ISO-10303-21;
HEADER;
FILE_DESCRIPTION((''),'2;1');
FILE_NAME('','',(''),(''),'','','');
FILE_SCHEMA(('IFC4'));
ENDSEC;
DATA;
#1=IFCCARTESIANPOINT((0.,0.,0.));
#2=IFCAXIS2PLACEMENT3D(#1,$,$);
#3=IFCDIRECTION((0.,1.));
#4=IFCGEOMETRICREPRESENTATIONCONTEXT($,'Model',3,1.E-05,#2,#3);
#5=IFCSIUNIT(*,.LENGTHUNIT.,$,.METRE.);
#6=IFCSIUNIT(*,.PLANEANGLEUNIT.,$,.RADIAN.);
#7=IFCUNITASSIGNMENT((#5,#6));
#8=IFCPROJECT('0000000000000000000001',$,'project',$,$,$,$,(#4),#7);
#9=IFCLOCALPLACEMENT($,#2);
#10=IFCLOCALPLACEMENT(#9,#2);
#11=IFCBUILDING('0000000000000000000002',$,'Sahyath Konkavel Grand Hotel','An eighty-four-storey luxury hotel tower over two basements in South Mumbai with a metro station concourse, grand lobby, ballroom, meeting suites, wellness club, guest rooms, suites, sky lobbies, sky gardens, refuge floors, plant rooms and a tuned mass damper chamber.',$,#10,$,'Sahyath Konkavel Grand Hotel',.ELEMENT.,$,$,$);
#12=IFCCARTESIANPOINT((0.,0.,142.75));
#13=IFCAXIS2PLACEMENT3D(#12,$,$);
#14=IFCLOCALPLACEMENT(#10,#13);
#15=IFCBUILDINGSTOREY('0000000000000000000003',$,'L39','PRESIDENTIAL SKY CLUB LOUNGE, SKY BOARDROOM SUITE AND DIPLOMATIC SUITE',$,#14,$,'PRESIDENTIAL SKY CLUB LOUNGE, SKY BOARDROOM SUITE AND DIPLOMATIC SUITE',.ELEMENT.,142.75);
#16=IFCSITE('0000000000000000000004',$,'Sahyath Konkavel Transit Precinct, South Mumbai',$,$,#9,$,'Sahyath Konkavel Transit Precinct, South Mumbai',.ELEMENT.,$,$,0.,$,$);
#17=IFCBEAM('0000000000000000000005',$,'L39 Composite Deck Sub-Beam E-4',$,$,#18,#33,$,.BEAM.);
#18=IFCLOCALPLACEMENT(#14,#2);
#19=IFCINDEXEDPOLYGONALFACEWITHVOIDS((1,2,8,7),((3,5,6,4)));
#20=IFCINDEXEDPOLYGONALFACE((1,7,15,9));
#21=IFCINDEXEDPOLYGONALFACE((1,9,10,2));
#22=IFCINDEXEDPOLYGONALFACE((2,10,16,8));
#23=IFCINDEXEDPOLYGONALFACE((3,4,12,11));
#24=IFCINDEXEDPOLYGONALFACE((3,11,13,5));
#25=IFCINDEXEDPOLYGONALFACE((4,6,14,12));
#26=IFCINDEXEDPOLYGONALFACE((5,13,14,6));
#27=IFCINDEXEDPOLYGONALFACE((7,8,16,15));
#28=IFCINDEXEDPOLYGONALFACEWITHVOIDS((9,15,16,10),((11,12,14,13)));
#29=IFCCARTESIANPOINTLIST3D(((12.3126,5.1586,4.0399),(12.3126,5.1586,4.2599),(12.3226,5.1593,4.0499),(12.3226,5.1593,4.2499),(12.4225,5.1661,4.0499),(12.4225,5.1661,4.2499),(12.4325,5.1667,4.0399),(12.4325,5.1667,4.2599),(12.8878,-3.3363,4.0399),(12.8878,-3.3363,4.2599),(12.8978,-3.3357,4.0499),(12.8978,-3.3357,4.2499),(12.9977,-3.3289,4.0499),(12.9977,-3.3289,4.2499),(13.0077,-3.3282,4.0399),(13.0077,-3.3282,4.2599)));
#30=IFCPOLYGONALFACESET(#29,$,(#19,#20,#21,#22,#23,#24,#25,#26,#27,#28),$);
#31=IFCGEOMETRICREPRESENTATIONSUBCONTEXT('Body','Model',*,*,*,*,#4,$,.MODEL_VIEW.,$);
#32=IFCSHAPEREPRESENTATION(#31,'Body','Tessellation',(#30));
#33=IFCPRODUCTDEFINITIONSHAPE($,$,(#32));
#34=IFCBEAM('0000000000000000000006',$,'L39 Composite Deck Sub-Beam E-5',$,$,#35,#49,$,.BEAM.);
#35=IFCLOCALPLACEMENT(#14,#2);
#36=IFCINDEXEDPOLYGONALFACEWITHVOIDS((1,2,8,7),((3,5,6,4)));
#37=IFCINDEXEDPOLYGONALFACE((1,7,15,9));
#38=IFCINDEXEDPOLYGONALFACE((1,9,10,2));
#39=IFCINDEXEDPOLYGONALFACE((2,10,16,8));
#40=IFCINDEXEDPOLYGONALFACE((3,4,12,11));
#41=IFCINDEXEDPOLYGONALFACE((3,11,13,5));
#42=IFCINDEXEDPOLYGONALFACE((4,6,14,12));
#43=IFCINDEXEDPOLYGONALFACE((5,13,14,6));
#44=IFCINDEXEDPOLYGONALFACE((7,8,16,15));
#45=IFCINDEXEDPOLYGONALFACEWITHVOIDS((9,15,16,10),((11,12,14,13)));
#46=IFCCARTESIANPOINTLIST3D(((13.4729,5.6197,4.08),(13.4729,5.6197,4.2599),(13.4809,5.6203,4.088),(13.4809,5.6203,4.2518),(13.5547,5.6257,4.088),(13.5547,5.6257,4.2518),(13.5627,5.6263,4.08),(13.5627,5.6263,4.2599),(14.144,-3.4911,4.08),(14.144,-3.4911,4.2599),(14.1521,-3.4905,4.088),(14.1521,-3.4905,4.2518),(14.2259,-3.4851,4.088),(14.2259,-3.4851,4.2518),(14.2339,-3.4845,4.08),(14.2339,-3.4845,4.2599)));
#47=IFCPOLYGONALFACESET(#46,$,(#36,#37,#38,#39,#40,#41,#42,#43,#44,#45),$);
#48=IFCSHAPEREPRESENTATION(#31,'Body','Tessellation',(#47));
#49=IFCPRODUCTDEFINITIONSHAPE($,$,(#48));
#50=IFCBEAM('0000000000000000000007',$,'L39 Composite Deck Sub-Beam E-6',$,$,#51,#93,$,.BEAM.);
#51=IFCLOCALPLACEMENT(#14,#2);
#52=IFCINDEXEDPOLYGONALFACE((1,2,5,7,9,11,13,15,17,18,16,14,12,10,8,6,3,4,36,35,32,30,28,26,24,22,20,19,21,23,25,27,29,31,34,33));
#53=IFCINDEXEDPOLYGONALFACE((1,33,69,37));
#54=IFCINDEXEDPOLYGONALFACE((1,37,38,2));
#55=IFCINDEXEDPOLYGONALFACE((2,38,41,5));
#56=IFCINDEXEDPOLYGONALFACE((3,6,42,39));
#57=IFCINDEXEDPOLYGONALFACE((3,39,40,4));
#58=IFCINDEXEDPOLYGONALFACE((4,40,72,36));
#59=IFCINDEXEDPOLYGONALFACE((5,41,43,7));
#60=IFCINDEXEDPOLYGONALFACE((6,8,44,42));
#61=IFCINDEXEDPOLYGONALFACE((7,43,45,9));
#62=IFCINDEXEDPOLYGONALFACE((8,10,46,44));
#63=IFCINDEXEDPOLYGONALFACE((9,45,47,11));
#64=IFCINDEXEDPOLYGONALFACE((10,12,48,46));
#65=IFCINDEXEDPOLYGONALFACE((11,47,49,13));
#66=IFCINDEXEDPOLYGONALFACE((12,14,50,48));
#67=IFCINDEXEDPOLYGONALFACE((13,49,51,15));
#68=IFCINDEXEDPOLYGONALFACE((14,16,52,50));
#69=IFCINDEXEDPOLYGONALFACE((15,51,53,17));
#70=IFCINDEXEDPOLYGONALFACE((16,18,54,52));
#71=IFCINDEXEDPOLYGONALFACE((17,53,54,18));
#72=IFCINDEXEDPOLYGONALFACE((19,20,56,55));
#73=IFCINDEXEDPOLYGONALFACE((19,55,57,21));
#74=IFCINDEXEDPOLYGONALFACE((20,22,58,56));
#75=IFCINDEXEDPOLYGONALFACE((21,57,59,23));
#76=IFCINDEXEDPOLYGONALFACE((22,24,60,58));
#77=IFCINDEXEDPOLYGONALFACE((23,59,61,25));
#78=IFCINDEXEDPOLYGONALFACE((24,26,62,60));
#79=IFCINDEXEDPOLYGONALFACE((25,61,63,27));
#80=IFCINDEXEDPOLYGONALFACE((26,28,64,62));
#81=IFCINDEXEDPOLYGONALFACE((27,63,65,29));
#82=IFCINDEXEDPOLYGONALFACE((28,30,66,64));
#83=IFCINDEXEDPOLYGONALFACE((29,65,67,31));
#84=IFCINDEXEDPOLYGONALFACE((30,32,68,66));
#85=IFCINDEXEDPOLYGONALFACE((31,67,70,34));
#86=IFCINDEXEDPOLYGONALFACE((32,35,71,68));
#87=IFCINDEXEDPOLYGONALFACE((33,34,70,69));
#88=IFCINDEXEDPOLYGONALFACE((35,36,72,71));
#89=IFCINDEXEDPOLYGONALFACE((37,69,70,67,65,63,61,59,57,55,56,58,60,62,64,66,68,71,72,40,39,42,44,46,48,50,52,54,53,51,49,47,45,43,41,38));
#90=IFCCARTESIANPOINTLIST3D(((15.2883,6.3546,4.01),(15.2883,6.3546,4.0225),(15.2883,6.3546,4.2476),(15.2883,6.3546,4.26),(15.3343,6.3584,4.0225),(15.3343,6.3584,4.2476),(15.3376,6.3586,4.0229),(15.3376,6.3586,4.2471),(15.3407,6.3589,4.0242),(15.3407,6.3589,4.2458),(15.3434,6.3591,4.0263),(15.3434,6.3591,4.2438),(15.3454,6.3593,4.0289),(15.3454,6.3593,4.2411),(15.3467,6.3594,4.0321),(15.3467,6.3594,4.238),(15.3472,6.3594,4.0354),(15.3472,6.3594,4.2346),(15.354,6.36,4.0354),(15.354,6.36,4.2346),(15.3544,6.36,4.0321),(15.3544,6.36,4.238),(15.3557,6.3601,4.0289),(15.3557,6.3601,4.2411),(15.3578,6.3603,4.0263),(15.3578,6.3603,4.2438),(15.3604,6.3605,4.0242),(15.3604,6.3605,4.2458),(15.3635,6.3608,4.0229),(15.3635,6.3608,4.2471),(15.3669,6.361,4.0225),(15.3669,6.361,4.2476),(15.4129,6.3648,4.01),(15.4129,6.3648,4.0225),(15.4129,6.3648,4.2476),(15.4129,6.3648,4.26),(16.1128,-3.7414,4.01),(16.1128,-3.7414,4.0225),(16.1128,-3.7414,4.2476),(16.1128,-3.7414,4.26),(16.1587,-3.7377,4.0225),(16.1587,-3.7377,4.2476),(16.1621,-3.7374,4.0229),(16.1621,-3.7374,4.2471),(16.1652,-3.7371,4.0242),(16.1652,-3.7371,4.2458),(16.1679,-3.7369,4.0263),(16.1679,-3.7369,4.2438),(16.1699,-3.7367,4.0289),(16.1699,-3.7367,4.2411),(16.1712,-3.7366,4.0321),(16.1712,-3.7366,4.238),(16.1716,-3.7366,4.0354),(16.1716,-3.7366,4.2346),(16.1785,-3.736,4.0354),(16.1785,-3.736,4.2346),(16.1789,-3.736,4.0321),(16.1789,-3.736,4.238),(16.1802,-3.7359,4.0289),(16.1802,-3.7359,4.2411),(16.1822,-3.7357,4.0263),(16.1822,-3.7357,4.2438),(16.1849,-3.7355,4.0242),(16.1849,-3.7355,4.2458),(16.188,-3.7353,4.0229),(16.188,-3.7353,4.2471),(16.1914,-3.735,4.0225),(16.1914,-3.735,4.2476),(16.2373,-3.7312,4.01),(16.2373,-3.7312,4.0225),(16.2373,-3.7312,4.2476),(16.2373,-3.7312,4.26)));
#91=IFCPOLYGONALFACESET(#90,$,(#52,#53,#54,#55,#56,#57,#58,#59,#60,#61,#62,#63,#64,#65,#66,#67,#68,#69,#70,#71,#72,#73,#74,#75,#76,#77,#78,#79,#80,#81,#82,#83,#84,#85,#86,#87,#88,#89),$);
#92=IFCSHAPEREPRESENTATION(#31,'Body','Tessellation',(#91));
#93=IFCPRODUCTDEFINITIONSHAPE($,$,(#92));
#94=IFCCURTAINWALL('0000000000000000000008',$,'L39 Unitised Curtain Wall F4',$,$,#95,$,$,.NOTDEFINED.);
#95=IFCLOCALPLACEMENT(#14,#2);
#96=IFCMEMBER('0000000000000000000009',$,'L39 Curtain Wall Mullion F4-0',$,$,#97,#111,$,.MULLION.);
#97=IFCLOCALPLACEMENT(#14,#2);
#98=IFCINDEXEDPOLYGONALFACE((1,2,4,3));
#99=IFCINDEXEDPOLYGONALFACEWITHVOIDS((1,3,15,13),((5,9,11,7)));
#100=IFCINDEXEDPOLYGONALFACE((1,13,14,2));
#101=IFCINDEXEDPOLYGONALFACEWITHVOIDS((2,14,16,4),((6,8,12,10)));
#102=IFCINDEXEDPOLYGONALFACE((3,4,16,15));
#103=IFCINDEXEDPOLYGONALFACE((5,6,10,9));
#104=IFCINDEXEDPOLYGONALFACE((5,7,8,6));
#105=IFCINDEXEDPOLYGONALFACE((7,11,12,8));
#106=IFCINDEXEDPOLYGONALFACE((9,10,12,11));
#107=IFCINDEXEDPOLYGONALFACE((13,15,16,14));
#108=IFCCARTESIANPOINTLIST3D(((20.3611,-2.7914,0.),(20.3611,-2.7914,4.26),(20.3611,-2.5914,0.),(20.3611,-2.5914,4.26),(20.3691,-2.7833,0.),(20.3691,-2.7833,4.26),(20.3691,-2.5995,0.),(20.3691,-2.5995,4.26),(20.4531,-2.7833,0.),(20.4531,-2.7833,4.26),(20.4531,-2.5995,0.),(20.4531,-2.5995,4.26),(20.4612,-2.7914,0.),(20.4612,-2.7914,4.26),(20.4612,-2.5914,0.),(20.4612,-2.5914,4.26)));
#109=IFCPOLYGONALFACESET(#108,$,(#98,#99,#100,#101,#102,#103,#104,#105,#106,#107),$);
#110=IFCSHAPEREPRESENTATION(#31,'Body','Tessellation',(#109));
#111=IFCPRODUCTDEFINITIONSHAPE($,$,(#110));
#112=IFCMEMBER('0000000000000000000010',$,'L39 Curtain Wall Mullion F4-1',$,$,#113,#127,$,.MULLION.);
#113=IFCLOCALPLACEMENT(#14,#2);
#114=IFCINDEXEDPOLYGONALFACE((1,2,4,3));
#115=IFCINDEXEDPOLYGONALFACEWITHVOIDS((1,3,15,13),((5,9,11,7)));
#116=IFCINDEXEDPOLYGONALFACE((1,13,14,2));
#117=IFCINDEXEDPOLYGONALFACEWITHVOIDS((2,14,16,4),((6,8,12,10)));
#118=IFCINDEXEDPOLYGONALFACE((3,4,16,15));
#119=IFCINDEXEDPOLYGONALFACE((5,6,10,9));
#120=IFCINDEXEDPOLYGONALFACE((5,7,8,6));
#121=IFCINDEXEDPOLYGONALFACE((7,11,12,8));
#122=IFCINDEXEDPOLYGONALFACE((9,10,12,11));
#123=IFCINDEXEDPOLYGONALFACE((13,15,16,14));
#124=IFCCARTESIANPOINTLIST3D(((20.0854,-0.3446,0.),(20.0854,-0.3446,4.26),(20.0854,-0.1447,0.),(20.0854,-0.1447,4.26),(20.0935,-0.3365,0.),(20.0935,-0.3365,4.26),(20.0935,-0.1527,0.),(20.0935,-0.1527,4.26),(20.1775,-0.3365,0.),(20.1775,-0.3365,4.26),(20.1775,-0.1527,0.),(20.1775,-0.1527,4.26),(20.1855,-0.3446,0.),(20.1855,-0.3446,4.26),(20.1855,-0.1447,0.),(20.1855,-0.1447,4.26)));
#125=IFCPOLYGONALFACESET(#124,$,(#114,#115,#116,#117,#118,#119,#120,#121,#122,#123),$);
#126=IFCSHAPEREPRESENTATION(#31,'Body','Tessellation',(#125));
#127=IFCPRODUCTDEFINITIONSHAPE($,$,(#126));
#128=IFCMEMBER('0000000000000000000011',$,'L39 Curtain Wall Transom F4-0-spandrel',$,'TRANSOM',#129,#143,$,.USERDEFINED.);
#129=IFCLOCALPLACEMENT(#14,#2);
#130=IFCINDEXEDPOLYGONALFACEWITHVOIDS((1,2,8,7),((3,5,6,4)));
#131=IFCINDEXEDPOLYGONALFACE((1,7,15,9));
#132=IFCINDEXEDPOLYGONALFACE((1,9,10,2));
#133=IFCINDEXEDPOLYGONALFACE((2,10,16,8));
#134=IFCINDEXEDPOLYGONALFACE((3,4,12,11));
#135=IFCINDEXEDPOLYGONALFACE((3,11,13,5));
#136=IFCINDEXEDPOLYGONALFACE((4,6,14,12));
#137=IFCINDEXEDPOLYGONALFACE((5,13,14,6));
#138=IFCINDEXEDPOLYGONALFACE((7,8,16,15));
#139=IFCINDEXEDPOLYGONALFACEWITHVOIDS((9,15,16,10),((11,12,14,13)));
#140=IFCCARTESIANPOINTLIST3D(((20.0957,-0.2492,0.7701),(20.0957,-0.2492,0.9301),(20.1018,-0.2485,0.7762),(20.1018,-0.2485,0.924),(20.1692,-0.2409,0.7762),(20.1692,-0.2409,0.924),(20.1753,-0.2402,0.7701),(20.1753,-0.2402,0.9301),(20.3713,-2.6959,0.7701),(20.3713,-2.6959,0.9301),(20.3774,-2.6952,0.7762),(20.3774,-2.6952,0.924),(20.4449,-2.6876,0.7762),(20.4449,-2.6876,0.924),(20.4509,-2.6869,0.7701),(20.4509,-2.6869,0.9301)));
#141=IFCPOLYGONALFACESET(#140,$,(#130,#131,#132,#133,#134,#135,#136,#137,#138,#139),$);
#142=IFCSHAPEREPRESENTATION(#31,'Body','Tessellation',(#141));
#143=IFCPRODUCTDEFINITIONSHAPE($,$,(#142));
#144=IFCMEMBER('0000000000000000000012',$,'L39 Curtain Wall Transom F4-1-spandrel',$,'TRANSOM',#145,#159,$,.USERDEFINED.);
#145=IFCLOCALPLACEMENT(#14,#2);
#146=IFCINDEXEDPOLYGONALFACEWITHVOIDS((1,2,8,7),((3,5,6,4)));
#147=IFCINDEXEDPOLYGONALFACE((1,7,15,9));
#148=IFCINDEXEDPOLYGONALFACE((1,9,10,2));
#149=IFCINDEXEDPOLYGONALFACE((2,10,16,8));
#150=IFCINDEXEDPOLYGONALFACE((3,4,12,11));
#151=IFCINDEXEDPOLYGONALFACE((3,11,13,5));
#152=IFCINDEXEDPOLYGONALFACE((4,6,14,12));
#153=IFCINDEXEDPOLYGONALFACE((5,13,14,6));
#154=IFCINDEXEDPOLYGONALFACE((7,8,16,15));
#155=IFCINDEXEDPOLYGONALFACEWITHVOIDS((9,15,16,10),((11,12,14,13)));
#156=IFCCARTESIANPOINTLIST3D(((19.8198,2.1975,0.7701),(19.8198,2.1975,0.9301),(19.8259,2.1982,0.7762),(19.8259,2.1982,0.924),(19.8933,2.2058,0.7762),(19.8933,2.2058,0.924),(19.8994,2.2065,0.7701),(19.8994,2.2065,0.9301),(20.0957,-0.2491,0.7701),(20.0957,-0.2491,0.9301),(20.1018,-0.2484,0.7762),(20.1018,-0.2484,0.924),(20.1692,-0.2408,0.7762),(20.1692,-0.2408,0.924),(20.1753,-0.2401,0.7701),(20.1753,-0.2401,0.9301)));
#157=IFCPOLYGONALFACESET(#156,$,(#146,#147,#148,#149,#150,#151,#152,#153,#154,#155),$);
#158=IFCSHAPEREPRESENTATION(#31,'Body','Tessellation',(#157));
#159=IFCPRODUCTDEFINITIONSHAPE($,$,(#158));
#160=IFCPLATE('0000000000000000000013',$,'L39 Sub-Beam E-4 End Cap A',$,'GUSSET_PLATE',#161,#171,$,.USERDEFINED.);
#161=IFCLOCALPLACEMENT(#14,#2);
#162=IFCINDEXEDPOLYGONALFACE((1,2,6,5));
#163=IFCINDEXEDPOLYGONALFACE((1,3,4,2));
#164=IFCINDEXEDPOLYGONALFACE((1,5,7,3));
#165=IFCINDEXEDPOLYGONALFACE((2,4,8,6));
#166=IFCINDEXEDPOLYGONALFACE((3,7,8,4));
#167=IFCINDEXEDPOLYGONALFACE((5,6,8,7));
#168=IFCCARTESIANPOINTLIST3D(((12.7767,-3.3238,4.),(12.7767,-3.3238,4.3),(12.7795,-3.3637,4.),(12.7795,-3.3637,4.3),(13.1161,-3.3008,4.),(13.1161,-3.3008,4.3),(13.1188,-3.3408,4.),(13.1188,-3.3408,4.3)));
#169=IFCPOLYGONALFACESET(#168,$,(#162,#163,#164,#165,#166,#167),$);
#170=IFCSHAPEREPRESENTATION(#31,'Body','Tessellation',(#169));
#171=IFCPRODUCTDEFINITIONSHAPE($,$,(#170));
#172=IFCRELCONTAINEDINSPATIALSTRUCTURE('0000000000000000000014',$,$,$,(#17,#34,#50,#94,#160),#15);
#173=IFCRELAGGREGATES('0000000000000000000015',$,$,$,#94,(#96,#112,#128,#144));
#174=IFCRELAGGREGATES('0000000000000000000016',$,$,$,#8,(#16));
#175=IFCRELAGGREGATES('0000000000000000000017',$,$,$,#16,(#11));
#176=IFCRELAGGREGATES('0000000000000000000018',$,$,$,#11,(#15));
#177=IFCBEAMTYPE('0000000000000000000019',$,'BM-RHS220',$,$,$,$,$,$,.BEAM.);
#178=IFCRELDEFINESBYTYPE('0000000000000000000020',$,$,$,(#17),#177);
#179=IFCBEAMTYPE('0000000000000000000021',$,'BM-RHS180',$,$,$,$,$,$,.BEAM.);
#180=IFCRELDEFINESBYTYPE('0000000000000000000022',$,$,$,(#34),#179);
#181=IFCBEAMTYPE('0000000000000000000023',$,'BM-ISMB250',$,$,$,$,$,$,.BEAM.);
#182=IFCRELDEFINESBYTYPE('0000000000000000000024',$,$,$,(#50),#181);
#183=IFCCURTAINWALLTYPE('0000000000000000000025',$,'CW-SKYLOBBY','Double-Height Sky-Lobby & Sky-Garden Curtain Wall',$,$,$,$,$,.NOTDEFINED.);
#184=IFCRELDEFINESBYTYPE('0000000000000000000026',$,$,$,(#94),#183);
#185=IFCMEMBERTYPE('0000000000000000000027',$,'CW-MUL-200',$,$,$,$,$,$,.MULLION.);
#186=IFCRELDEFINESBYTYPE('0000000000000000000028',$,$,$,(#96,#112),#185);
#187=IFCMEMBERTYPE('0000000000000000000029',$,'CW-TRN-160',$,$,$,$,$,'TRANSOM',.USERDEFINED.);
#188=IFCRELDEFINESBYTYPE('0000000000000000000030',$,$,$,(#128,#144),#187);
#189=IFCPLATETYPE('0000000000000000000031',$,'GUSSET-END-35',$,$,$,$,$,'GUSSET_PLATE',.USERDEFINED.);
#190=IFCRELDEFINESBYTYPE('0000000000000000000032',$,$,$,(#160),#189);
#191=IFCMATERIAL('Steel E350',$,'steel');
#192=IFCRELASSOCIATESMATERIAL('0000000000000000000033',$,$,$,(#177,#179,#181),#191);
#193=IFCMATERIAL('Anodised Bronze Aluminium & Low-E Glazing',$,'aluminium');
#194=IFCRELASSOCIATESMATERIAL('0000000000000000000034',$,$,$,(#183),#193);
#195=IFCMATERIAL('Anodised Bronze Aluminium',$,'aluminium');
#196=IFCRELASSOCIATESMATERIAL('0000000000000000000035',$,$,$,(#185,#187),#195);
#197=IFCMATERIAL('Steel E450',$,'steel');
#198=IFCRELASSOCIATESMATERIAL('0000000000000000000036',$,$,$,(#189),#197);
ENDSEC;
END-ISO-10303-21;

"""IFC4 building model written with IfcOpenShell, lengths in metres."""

from ifc_helpers import new_model, si_unit, direction, frame, origin, origin_2d, place, context, subcontext, project, spatial, rectangle, hollow_rectangle, i_section, extrude, source, transform, mapped, material, material_profile, profile_set, type_object, element, aggregate, save


model = new_model("IFC4")

# Units and contexts
model_context = context("Model", 3, precision=1e-05, world=origin(), true_north=direction((0.0, 1.0)))
body_context = subcontext(model_context, "Body", "Model", "MODEL_VIEW")
ifc_project = project(units=[si_unit("LENGTHUNIT", "METRE"), si_unit("PLANEANGLEUNIT", "RADIAN")], contexts=[model_context])

# Site, building, storey
site_placement = place(None, origin())
site = spatial("IfcSite", under=ifc_project, at=site_placement, Name="Sahyath Konkavel Transit Precinct, South Mumbai", LongName="Sahyath Konkavel Transit Precinct, South Mumbai", CompositionType="ELEMENT", RefElevation=0.0)
building_placement = place(site_placement, origin())
building = spatial("IfcBuilding", under=site, at=building_placement, Name="Sahyath Konkavel Grand Hotel", Description="An eighty-four-storey luxury hotel tower over two basements in South Mumbai with a metro station concourse, grand lobby, ballroom, meeting suites, wellness club, guest rooms, suites, sky lobbies, sky gardens, refuge floors, plant rooms and a tuned mass damper chamber.", LongName="Sahyath Konkavel Grand Hotel", CompositionType="ELEMENT")
storey_placement = place(building_placement, frame((0.0, 0.0, 142.75)))
storey = spatial("IfcBuildingStorey", under=building, at=storey_placement, Name="L39", Description="PRESIDENTIAL SKY CLUB LOUNGE, SKY BOARDROOM SUITE AND DIPLOMATIC SUITE", LongName="PRESIDENTIAL SKY CLUB LOUNGE, SKY BOARDROOM SUITE AND DIPLOMATIC SUITE", CompositionType="ELEMENT", Elevation=142.75)

# Beams
ifc_material_1 = material(Name="Steel E350", Category="steel")
ifc_material_profile_1 = material_profile(ifc_material_1, hollow_rectangle(XDim=0.1201, YDim=0.22, WallThickness=0.01, at=origin_2d()), Name="RHS 220x120x10")
ifc_profile_set_1 = profile_set([ifc_material_profile_1], Name="Steel E350")
beam_type_1 = type_object("IfcBeamType", Name="BM-RHS220", PredefinedType="BEAM", material=ifc_profile_set_1)
ifc_material_profile_2 = material_profile(ifc_material_1, hollow_rectangle(XDim=0.0901, YDim=0.1799, WallThickness=0.0081, at=origin_2d()), Name="RHS 180x90x8")
ifc_profile_set_2 = profile_set([ifc_material_profile_2], Name="Steel E350")
beam_type_2 = type_object("IfcBeamType", Name="BM-RHS180", PredefinedType="BEAM", material=ifc_profile_set_2)
shared_shape_1 = source(origin(), body_context, "Body", "SweptSolid", [
    extrude(hollow_rectangle(XDim=0.1201, YDim=0.22, WallThickness=0.01, at=origin_2d()), origin(), (0.0, 0.0, 1.0), 8.5144),
])
beam_1_placement = place(storey_placement, frame((12.9478, -3.3323, 4.1499), z_axis=(-0.067556, 0.997715, 0.0), x_axis=(-0.997715, -0.067556, 0.0)))
element("IfcBeam", 1, at=beam_1_placement, inside=storey, type_object=beam_type_1, Name="L39 Composite Deck Sub-Beam E-4", PredefinedType="BEAM", context=body_context, shape_type="MappedRepresentation", body=[
    mapped(shared_shape_1, transform((0.0, 0.0, 0.0), scale=1.0)),
])
shared_shape_2 = source(origin(), body_context, "Body", "SweptSolid", [
    extrude(hollow_rectangle(XDim=0.0901, YDim=0.1799, WallThickness=0.0081, at=origin_2d()), origin(), (0.0, 0.0, 1.0), 9.1355),
])
beam_2_placement = place(storey_placement, frame((14.189, -3.4878, 4.1699), z_axis=(-0.073465, 0.997298, 0.0), x_axis=(-0.997298, -0.073465, 0.0)))
element("IfcBeam", 2, at=beam_2_placement, inside=storey, type_object=beam_type_2, Name="L39 Composite Deck Sub-Beam E-5", PredefinedType="BEAM", context=body_context, shape_type="MappedRepresentation", body=[
    mapped(shared_shape_2, transform((0.0, 0.0, 0.0), scale=1.0)),
])
ifc_material_profile_3 = material_profile(ifc_material_1, i_section(OverallWidth=0.125, OverallDepth=0.25, WebThickness=0.0068, FlangeThickness=0.0125, FilletRadius=0.0129, at=origin_2d()), Name="ISMB 250")
ifc_profile_set_3 = profile_set([ifc_material_profile_3], Name="Steel E350")
beam_type_3 = type_object("IfcBeamType", Name="BM-ISMB250", PredefinedType="BEAM", material=ifc_profile_set_3)
shared_shape_3 = source(origin(), body_context, "Body", "SweptSolid", [
    extrude(i_section(OverallWidth=0.125, OverallDepth=0.25, WebThickness=0.0068, FlangeThickness=0.0125, FilletRadius=0.0129, at=origin_2d()), origin(), (0.0, 0.0, 1.0), 10.1296),
])
beam_3_placement = place(storey_placement, frame((16.175, -3.7363, 4.135), z_axis=(-0.081392, 0.996682, 0.0), x_axis=(-0.996682, -0.081392, 0.0)))
element("IfcBeam", 3, at=beam_3_placement, inside=storey, type_object=beam_type_3, Name="L39 Composite Deck Sub-Beam E-6", PredefinedType="BEAM", context=body_context, shape_type="MappedRepresentation", body=[
    mapped(shared_shape_3, transform((0.0, 0.0, 0.0), scale=1.0)),
])

# Curtain wall, members
ifc_material_2 = material(Name="Anodised Bronze Aluminium & Low-E Glazing", Category="aluminium")
curtain_wall_type = type_object("IfcCurtainWallType", Name="CW-SKYLOBBY", Description="Double-Height Sky-Lobby & Sky-Garden Curtain Wall", PredefinedType="NOTDEFINED", material=ifc_material_2)
curtain_wall_placement = place(storey_placement, origin())
curtain_wall = element("IfcCurtainWall", 4, at=curtain_wall_placement, inside=storey, type_object=curtain_wall_type, Name="L39 Unitised Curtain Wall F4", PredefinedType="NOTDEFINED")
ifc_material_3 = material(Name="Anodised Bronze Aluminium", Category="aluminium")
ifc_material_profile_4 = material_profile(ifc_material_3, hollow_rectangle(XDim=0.1001, YDim=0.2, WallThickness=0.0081, at=origin_2d()), Name="RHS 200x100x8")
ifc_profile_set_4 = profile_set([ifc_material_profile_4], Name="Anodised Bronze Aluminium")
member_type_1 = type_object("IfcMemberType", Name="CW-MUL-200", PredefinedType="MULLION", material=ifc_profile_set_4)
shared_shape_4 = source(origin(), body_context, "Body", "SweptSolid", [
    extrude(hollow_rectangle(XDim=0.1001, YDim=0.2, WallThickness=0.0081, at=origin_2d()), origin(), (0.0, 0.0, 1.0), 4.26),
])
member_1_placement = place(storey_placement, frame((20.4111, -2.6914, 0.0), z_axis=(0.0, 0.0, 1.0), x_axis=(1.0, 0.0, 0.0)))
member_1 = element("IfcMember", 5, at=member_1_placement, type_object=member_type_1, Name="L39 Curtain Wall Mullion F4-0", PredefinedType="MULLION", context=body_context, shape_type="MappedRepresentation", body=[
    mapped(shared_shape_4, transform((0.0, 0.0, 0.0), scale=1.0)),
])
member_2_placement = place(storey_placement, frame((20.1355, -0.2446, 0.0), z_axis=(0.0, 0.0, 1.0), x_axis=(1.0, 0.0, 0.0)))
member_2 = element("IfcMember", 6, at=member_2_placement, type_object=member_type_1, Name="L39 Curtain Wall Mullion F4-1", PredefinedType="MULLION", context=body_context, shape_type="MappedRepresentation", body=[
    mapped(shared_shape_4, transform((0.0, 0.0, 0.0), scale=1.0)),
])
ifc_material_profile_5 = material_profile(ifc_material_3, hollow_rectangle(XDim=0.0801, YDim=0.1599, WallThickness=0.0061, at=origin_2d()), Name="RHS 160x80x6")
ifc_profile_set_5 = profile_set([ifc_material_profile_5], Name="Anodised Bronze Aluminium")
member_type_2 = type_object("IfcMemberType", Name="CW-TRN-160", ElementType="TRANSOM", PredefinedType="USERDEFINED", material=ifc_profile_set_5)
shared_shape_5 = source(origin(), body_context, "Body", "SweptSolid", [
    extrude(hollow_rectangle(XDim=0.0801, YDim=0.1599, WallThickness=0.0061, at=origin_2d()), origin(), (0.0, 0.0, 1.0), 2.4622),
])
member_3_placement = place(storey_placement, frame((20.4111, -2.6914, 0.8501), z_axis=(-0.111944, 0.993715, 0.0), x_axis=(-0.993715, -0.111944, 0.0)))
member_3 = element("IfcMember", 7, at=member_3_placement, type_object=member_type_2, Name="L39 Curtain Wall Transom F4-0-spandrel", ObjectType="TRANSOM", PredefinedType="USERDEFINED", context=body_context, shape_type="MappedRepresentation", body=[
    mapped(shared_shape_5, transform((0.0, 0.0, 0.0), scale=1.0)),
])
member_4_placement = place(storey_placement, frame((20.1355, -0.2446, 0.8501), z_axis=(-0.112053, 0.993702, 0.0), x_axis=(-0.993702, -0.112053, 0.0)))
member_4 = element("IfcMember", 8, at=member_4_placement, type_object=member_type_2, Name="L39 Curtain Wall Transom F4-1-spandrel", ObjectType="TRANSOM", PredefinedType="USERDEFINED", context=body_context, shape_type="MappedRepresentation", body=[
    mapped(shared_shape_5, transform((0.0, 0.0, 0.0), scale=1.0)),
])

# Plate
ifc_material_4 = material(Name="Steel E450", Category="steel")
plate_type_1 = type_object("IfcPlateType", Name="GUSSET-END-35", ElementType="GUSSET_PLATE", PredefinedType="USERDEFINED", material=ifc_material_4)
shared_shape_6 = source(origin(), body_context, "Body", "SweptSolid", [
    extrude(rectangle(XDim=0.04, YDim=0.3401, at=origin_2d()), origin(), (0.0, 0.0, 1.0), 0.3),
])
plate_1_placement = place(storey_placement, frame((12.9478, -3.3323, 4.0), z_axis=(0.0, 0.0, 1.0), x_axis=(-0.067563, 0.997715, 0.0)))
element("IfcPlate", 9, at=plate_1_placement, inside=storey, type_object=plate_type_1, Name="L39 Sub-Beam E-4 End Cap A", ObjectType="GUSSET_PLATE", PredefinedType="USERDEFINED", context=body_context, shape_type="MappedRepresentation", body=[
    mapped(shared_shape_6, transform((0.0, 0.0, 0.0), scale=1.0)),
])
aggregate(curtain_wall, [member_1, member_2, member_3, member_4])

save(model, "model.ifc")
